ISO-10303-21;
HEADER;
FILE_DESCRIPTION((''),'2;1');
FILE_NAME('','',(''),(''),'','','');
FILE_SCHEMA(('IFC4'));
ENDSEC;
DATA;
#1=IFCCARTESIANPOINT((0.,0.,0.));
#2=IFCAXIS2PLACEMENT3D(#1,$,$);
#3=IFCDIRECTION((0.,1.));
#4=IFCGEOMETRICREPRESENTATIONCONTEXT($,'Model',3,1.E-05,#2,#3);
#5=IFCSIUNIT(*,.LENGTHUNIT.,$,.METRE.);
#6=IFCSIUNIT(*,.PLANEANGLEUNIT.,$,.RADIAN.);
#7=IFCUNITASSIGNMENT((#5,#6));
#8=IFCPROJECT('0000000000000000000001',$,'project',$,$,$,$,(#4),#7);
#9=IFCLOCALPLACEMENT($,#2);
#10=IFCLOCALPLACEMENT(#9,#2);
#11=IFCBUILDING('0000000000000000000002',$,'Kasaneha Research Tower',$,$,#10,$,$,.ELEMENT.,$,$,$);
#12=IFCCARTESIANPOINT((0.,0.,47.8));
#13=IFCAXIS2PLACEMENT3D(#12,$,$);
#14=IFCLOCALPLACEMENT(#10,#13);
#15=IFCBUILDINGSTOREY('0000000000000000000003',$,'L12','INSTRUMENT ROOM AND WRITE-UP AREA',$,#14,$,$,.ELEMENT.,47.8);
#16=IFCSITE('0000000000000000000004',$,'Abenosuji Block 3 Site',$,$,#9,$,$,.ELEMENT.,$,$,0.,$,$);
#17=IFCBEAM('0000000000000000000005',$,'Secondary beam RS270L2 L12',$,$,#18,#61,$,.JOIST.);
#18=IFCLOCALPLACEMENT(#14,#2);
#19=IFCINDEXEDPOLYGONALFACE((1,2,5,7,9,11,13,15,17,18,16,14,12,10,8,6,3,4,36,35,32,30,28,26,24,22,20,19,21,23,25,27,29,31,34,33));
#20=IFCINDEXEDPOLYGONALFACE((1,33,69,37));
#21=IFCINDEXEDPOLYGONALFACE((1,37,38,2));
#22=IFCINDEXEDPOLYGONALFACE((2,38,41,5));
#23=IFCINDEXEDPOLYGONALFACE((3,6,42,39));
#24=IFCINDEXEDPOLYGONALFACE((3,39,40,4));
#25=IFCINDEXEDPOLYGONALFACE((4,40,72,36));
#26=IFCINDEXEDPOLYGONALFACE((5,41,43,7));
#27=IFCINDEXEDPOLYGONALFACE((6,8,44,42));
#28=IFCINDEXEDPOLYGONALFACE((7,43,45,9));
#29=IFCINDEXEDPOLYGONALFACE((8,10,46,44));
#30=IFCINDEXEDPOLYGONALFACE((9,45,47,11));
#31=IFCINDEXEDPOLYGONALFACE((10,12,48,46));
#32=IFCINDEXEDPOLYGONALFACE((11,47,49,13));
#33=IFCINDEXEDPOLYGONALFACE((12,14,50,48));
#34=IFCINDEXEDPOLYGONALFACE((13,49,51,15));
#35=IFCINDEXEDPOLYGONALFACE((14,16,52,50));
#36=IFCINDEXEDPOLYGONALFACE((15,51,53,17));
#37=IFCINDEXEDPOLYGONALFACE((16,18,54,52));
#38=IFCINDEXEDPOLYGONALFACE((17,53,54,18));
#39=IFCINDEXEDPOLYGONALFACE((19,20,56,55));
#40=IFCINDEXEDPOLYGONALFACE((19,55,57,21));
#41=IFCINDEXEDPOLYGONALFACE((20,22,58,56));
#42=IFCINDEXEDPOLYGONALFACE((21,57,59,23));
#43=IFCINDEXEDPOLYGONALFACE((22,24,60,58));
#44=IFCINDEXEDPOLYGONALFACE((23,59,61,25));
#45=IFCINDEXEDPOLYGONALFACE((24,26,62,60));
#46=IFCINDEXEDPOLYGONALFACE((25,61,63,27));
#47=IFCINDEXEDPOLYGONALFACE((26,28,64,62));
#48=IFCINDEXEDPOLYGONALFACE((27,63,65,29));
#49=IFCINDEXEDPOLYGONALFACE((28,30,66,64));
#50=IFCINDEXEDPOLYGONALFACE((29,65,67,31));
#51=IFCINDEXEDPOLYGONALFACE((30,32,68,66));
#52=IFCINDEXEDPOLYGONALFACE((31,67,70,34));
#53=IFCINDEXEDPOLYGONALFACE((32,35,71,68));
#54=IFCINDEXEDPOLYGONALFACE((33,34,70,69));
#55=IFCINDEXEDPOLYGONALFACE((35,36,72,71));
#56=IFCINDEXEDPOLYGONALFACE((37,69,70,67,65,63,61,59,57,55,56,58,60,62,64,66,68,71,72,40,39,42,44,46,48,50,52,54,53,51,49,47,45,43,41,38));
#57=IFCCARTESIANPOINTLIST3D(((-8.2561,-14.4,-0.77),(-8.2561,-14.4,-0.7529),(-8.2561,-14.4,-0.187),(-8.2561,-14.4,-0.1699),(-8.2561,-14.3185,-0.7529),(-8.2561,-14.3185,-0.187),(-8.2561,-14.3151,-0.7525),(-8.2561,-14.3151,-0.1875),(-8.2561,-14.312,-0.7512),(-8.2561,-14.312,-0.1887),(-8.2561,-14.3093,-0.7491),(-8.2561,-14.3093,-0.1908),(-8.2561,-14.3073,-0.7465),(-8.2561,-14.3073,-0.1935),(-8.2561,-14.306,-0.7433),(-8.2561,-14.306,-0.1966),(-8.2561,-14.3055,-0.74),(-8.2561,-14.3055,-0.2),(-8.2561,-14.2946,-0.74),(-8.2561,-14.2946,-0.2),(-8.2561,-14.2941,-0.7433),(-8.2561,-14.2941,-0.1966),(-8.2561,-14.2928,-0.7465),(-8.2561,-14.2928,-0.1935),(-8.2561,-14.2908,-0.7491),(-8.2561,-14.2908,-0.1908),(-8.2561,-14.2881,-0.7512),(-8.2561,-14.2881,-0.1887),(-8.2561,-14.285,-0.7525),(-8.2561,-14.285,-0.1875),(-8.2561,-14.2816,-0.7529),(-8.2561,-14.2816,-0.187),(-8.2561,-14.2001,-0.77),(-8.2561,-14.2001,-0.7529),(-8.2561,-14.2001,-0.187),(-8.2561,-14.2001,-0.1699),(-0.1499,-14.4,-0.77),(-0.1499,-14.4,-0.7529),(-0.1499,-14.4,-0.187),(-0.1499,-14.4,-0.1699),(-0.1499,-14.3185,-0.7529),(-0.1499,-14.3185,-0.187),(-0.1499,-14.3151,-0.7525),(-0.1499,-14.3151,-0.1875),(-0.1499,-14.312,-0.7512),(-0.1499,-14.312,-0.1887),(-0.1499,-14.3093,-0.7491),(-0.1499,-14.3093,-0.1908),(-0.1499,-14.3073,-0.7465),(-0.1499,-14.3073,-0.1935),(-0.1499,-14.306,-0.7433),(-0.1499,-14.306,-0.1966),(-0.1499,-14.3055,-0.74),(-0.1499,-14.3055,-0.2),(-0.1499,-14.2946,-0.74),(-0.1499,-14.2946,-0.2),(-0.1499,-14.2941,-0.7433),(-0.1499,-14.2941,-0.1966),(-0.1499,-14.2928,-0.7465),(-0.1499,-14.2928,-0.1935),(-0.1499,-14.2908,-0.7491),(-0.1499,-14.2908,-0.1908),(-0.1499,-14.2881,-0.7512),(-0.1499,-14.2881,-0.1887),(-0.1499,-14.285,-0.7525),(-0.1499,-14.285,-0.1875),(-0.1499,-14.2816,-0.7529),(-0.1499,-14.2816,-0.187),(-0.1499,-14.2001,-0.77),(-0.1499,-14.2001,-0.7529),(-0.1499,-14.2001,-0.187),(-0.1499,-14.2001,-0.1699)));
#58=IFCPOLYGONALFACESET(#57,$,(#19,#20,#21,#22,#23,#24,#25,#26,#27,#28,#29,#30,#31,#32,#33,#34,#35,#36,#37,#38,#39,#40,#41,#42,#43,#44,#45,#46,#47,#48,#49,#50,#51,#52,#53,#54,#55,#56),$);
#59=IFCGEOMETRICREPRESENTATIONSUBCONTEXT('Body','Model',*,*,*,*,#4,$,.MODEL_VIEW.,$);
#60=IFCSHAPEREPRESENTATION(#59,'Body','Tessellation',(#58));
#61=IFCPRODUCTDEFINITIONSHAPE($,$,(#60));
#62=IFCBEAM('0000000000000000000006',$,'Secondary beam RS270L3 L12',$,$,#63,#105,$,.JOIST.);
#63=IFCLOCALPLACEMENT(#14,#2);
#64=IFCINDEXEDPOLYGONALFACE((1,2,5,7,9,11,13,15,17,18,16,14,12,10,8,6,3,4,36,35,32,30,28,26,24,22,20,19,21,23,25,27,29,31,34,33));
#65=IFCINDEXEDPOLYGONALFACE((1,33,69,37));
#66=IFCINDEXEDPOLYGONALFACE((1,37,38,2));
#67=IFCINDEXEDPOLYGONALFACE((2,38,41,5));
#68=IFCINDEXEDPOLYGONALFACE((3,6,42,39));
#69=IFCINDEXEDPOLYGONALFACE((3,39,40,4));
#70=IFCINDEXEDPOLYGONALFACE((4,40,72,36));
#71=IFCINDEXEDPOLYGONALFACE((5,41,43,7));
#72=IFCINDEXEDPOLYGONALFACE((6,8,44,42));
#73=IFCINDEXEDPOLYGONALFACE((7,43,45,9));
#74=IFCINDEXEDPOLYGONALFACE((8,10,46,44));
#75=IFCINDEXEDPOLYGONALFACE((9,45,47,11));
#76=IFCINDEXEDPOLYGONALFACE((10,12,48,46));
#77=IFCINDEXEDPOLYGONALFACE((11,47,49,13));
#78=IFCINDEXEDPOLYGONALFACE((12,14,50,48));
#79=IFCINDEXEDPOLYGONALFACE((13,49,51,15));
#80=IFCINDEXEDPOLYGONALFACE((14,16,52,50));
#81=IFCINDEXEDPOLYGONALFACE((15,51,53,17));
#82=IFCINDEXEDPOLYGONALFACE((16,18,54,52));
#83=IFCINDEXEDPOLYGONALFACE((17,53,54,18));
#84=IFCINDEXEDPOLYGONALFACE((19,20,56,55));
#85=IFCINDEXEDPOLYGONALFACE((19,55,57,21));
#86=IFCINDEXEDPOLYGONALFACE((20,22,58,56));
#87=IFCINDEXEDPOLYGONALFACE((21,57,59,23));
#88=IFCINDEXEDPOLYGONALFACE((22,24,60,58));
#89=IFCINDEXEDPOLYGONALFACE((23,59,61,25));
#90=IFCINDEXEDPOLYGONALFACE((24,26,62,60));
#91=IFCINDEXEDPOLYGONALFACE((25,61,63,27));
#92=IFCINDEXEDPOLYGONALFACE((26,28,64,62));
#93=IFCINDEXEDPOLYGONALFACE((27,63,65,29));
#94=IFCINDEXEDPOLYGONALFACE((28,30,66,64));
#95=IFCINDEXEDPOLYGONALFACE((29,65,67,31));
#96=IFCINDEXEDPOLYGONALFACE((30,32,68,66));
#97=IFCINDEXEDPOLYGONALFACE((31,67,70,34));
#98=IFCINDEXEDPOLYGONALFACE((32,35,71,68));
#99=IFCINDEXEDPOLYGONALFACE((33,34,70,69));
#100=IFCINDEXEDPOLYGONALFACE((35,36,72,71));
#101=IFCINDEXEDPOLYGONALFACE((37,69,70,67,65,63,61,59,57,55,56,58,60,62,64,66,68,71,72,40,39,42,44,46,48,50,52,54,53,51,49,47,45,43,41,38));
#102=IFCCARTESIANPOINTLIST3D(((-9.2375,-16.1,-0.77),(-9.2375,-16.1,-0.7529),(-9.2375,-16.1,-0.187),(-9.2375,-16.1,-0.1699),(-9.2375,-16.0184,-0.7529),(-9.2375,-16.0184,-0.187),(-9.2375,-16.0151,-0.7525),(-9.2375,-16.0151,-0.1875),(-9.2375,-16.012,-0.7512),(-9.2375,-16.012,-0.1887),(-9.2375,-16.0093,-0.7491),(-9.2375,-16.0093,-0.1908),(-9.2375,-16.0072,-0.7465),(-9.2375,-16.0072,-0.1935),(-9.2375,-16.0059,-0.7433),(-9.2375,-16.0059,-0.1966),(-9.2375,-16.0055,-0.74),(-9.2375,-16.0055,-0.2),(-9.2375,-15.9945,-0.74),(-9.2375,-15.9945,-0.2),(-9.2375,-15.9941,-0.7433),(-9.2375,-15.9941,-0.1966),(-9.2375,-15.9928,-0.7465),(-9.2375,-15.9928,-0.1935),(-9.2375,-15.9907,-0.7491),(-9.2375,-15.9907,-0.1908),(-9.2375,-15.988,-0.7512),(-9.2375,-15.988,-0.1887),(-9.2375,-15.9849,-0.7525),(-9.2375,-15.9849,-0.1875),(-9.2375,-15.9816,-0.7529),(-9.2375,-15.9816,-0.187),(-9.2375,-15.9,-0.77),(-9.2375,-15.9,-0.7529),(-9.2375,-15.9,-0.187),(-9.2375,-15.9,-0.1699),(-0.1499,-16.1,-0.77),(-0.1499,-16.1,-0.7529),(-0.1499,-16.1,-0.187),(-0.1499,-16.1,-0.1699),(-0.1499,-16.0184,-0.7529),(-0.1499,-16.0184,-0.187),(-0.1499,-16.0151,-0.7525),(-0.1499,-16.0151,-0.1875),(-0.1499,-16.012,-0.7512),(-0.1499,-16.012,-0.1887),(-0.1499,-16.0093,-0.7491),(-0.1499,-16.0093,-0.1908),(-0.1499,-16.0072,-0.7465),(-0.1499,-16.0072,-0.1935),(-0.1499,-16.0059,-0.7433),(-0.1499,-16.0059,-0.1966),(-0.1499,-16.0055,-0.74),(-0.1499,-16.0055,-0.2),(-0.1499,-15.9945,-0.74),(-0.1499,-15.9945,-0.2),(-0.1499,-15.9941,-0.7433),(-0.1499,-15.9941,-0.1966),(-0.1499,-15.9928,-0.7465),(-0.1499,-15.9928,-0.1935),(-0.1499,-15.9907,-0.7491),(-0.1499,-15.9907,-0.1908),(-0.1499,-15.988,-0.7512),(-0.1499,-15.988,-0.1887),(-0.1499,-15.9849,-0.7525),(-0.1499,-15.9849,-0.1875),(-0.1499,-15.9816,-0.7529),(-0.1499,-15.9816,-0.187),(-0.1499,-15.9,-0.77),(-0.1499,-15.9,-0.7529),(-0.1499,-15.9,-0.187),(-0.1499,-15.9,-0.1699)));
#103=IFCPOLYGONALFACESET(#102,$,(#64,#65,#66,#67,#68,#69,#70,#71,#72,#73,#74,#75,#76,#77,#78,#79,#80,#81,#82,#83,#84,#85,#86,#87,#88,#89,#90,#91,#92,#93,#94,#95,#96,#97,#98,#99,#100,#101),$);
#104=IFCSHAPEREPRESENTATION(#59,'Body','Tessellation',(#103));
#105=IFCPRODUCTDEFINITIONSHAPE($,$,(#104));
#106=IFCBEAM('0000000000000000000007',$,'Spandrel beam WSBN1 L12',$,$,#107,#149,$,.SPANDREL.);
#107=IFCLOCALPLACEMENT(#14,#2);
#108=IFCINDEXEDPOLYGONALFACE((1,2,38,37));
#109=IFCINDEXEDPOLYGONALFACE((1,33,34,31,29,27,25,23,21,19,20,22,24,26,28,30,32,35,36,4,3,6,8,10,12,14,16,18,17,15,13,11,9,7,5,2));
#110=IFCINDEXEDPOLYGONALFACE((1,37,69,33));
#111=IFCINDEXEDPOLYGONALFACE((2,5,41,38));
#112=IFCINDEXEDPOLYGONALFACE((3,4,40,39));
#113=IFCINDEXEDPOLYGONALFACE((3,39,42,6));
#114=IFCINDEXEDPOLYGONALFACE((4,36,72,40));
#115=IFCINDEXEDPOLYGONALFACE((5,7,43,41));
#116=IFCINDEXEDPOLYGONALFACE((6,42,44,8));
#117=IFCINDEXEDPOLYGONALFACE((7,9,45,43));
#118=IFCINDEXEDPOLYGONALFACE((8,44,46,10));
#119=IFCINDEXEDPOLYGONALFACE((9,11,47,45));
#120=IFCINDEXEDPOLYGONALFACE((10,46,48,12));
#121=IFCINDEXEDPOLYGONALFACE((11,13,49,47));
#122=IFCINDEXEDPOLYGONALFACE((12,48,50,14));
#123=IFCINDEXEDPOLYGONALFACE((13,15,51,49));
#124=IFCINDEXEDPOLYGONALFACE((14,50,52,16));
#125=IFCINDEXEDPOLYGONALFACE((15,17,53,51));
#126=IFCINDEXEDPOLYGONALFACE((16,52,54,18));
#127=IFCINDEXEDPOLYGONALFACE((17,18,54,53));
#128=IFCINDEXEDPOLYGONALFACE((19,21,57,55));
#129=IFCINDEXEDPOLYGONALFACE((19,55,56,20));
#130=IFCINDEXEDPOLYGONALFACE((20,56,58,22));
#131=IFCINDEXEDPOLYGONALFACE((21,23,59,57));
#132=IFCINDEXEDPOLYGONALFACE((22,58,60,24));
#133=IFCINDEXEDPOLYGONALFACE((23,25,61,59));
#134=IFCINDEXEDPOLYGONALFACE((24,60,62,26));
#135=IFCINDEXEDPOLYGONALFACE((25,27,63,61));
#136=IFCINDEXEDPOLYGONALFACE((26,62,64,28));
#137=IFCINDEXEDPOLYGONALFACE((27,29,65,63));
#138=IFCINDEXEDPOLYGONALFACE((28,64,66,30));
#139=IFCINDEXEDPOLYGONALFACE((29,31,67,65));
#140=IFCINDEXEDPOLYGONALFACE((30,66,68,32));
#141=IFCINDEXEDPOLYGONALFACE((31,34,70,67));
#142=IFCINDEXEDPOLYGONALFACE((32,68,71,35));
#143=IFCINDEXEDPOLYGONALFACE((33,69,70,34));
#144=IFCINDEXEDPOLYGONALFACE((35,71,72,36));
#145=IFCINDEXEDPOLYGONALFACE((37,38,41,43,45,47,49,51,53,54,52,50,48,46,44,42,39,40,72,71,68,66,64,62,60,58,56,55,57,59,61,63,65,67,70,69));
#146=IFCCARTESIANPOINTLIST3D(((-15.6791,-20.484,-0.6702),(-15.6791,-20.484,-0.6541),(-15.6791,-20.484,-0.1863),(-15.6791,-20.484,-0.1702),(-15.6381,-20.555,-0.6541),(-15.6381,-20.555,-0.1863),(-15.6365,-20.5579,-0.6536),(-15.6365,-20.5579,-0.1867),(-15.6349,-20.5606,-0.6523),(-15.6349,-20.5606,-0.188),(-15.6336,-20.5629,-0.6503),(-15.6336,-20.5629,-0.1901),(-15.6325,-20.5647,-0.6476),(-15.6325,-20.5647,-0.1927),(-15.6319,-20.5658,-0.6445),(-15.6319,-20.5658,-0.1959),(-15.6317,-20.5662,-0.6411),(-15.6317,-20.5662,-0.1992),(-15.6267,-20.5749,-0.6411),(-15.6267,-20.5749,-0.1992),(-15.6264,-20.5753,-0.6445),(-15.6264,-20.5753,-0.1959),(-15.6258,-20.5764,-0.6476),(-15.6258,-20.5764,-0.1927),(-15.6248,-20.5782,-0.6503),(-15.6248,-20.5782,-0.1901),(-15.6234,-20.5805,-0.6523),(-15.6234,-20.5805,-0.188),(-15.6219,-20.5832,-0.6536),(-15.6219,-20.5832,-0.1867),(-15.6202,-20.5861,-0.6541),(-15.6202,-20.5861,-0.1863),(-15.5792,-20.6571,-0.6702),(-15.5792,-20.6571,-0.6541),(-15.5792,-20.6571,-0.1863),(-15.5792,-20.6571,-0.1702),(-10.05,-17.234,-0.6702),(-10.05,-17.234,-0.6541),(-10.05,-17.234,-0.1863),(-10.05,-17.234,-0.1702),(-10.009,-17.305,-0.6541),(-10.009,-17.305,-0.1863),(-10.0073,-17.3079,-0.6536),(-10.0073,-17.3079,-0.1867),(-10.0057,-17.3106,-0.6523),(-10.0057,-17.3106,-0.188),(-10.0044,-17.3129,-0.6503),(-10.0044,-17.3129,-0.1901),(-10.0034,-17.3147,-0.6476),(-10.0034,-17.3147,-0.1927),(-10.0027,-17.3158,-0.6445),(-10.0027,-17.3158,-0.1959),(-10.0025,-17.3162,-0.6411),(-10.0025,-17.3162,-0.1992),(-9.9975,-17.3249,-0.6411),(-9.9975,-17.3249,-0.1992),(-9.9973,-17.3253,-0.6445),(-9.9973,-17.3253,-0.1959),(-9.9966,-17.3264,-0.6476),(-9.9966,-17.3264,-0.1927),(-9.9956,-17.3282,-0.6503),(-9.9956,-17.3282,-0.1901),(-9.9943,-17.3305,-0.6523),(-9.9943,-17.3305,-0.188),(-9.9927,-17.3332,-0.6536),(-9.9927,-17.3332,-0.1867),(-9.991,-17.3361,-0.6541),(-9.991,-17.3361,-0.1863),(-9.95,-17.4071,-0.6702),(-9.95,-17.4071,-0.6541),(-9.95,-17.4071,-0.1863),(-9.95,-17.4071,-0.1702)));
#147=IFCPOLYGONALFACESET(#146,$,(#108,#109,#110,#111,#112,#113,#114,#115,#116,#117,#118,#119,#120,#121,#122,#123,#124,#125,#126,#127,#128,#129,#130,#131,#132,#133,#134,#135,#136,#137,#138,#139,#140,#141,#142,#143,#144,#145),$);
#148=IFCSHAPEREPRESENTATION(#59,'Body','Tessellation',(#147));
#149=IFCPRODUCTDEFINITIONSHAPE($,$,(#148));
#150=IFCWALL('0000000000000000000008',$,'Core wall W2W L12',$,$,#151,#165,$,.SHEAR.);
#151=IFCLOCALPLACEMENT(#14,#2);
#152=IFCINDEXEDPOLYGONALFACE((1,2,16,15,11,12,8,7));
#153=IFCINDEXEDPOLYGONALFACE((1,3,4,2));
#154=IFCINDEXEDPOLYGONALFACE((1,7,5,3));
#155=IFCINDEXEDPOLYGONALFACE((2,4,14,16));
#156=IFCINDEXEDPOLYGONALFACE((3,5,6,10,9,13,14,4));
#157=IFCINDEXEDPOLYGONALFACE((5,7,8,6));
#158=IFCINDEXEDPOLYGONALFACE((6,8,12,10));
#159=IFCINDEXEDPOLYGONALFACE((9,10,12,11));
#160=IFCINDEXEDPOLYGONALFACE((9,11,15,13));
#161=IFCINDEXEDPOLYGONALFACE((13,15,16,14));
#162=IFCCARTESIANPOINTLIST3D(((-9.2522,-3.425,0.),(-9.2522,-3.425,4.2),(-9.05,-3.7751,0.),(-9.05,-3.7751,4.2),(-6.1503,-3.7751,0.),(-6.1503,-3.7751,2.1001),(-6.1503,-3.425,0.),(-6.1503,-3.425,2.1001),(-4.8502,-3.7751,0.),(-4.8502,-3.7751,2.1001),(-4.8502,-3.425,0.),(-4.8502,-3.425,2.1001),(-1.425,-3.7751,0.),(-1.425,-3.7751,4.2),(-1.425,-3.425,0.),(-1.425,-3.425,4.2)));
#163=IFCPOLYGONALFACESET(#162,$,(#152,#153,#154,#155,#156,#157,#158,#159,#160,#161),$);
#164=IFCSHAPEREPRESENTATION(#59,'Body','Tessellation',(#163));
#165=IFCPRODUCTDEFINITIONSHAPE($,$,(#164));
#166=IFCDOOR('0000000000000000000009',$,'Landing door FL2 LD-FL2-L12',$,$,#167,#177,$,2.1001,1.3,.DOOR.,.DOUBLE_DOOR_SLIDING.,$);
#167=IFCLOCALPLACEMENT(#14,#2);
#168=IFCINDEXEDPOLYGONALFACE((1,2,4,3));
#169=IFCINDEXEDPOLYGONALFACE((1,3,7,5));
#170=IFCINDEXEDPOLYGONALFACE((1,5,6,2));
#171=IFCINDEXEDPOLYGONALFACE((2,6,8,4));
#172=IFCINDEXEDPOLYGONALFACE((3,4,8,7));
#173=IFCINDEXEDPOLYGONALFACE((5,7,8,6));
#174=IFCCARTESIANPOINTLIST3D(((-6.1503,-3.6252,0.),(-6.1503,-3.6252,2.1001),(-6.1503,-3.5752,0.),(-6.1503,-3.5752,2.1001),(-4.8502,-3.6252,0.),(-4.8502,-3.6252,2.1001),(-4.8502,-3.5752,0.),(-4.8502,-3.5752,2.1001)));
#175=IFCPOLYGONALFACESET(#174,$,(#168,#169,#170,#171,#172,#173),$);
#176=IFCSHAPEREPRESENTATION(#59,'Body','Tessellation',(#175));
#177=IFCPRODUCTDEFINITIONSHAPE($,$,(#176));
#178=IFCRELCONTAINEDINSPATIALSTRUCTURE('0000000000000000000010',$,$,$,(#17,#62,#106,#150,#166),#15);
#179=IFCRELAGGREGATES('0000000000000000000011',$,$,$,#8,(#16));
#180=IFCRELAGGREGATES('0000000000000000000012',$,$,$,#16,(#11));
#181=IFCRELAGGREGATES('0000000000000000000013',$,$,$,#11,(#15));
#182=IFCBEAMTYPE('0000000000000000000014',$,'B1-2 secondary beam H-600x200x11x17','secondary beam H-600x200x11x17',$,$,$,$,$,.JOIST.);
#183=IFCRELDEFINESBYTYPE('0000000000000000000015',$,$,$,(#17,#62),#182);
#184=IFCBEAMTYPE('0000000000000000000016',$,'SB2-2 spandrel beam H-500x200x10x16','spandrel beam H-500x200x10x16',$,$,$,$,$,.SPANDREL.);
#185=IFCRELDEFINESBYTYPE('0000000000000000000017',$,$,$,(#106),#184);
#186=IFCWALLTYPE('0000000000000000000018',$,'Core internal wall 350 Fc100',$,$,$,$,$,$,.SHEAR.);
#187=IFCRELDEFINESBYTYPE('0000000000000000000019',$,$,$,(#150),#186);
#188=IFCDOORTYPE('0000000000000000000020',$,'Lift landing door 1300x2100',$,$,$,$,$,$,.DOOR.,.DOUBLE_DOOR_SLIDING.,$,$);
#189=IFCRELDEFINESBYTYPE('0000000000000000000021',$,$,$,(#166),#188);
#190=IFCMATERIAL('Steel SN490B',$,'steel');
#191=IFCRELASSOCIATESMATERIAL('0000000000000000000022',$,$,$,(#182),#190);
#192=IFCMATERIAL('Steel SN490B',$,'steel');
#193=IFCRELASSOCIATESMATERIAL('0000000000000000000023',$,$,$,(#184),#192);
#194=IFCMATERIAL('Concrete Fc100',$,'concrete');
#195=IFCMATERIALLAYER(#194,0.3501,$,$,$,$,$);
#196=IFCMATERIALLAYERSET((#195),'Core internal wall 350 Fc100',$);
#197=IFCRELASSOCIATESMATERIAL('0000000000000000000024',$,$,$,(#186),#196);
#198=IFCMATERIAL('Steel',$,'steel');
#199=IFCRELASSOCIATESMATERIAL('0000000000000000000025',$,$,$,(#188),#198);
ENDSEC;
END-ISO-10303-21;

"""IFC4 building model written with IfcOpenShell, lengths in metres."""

from ifc_helpers import new_model, si_unit, direction, frame, frame_2d, origin, origin_2d, place, context, subcontext, project, spatial, polyline, rectangle, i_section, outline, extrude, material, layer, layer_set, material_profile, profile_set, type_object, element, fill, save


model = new_model("IFC4")

# Units and contexts
model_context = context("Model", 3, precision=1e-05, world=origin(), true_north=direction((0.0, 1.0)))
body_context = subcontext(model_context, "Body", "Model", "MODEL_VIEW")
ifc_project = project(units=[si_unit("LENGTHUNIT", "METRE"), si_unit("PLANEANGLEUNIT", "RADIAN")], contexts=[model_context])

# Site, building, storey
site_placement = place(None, origin())
site = spatial("IfcSite", under=ifc_project, at=site_placement, Name="Abenosuji Block 3 Site", CompositionType="ELEMENT", RefElevation=0.0)
building_placement = place(site_placement, origin())
building = spatial("IfcBuilding", under=site, at=building_placement, Name="Kasaneha Research Tower", CompositionType="ELEMENT")
storey_placement = place(building_placement, frame((0.0, 0.0, 47.8)))
storey = spatial("IfcBuildingStorey", under=building, at=storey_placement, Name="L12", Description="INSTRUMENT ROOM AND WRITE-UP AREA", CompositionType="ELEMENT", Elevation=47.8)

# Beams
ifc_material_1 = material(Name="Steel SN490B", Category="steel")
ifc_material_profile_1 = material_profile(ifc_material_1, i_section(OverallWidth=0.2, OverallDepth=0.6001, WebThickness=0.011, FlangeThickness=0.0171, FilletRadius=0.0129, at=origin_2d()), Name="H-600x200x11x17")
ifc_profile_set_1 = profile_set([ifc_material_profile_1], Name="Steel SN490B")
beam_type_1 = type_object("IfcBeamType", Name="B1-2 secondary beam H-600x200x11x17", Description="secondary beam H-600x200x11x17", PredefinedType="JOIST", material=ifc_profile_set_1)
beam_1_placement = place(storey_placement, frame((-8.2561, -14.3, -0.47), z_axis=(1.0, 0.0, 0.0), x_axis=(0.0, 1.0, 0.0)))
element("IfcBeam", 1, at=beam_1_placement, inside=storey, type_object=beam_type_1, Name="Secondary beam RS270L2 L12", PredefinedType="JOIST", context=body_context, shape_type="SweptSolid", body=[
    extrude(i_section(OverallWidth=0.2, OverallDepth=0.6001, WebThickness=0.011, FlangeThickness=0.0171, FilletRadius=0.0129, at=origin_2d()), origin(), (0.0, 0.0, 1.0), 8.1062),
])
beam_2_placement = place(storey_placement, frame((-9.2375, -16.0, -0.47), z_axis=(1.0, 0.0, 0.0), x_axis=(0.0, 1.0, 0.0)))
element("IfcBeam", 2, at=beam_2_placement, inside=storey, type_object=beam_type_1, Name="Secondary beam RS270L3 L12", PredefinedType="JOIST", context=body_context, shape_type="SweptSolid", body=[
    extrude(i_section(OverallWidth=0.2, OverallDepth=0.6001, WebThickness=0.011, FlangeThickness=0.0171, FilletRadius=0.0129, at=origin_2d()), origin(), (0.0, 0.0, 1.0), 9.0876),
])
ifc_material_2 = material(Name="Steel SN490B", Category="steel")
ifc_material_profile_2 = material_profile(ifc_material_2, i_section(OverallWidth=0.2, OverallDepth=0.5, WebThickness=0.01, FlangeThickness=0.0161, FilletRadius=0.0129, at=origin_2d()), Name="H-500x200x10x16")
ifc_profile_set_2 = profile_set([ifc_material_profile_2], Name="Steel SN490B")
beam_type_2 = type_object("IfcBeamType", Name="SB2-2 spandrel beam H-500x200x10x16", Description="spandrel beam H-500x200x10x16", PredefinedType="SPANDREL", material=ifc_profile_set_2)
beam_3_placement = place(storey_placement, frame((-10.0, -17.3206, -0.4202), z_axis=(-0.866025, -0.500001, 0.0), x_axis=(0.500001, -0.866025, 0.0)))
element("IfcBeam", 3, at=beam_3_placement, inside=storey, type_object=beam_type_2, Name="Spandrel beam WSBN1 L12", PredefinedType="SPANDREL", context=body_context, shape_type="SweptSolid", body=[
    extrude(i_section(OverallWidth=0.2, OverallDepth=0.5, WebThickness=0.01, FlangeThickness=0.0161, FilletRadius=0.0129, at=origin_2d()), origin(), (0.0, 0.0, 1.0), 6.5),
])

# Wall, opening, door
ifc_material_3 = material(Name="Concrete Fc100", Category="concrete")
ifc_layer_1 = layer(ifc_material_3, 0.3501)
ifc_layer_set_1 = layer_set([ifc_layer_1], Name="Core internal wall 350 Fc100")
wall_type_1 = type_object("IfcWallType", Name="Core internal wall 350 Fc100", PredefinedType="SHEAR", material=ifc_layer_set_1)
wall_1_placement = place(storey_placement, frame((-9.1511, -3.6001, 0.0), z_axis=(0.0, 0.0, 1.0), x_axis=(1.0, 0.0, 0.0)))
wall_1 = element("IfcWall", 4, at=wall_1_placement, inside=storey, type_object=wall_type_1, Name="Core wall W2W L12", PredefinedType="SHEAR", context=body_context, shape_type="SweptSolid", body=[
    extrude(outline(polyline([(0.1011, -0.175), (3.001, -0.175), (4.301, -0.175), (7.7261, -0.175), (7.7261, 0.175), (4.301, 0.175), (3.001, 0.175), (-0.1011, 0.175), (0.1011, -0.175)])), origin(), (0.0, 0.0, 1.0), 4.2),
])
opening_1_placement = place(wall_1_placement, frame((3.001, 0.0, 0.0)))
opening_1 = element("IfcOpeningElement", 5, at=opening_1_placement, cuts=wall_1, PredefinedType="OPENING", context=body_context, shape_type="SweptSolid", body=[
    extrude(rectangle(XDim=1.3, YDim=2.1001, at=frame_2d((0.6499, 1.05))), frame((0.0, 0.1851, 0.0), z_axis=(0.0, -1.0, 0.0), x_axis=(1.0, 0.0, 0.0)), (0.0, 0.0, 1.0), 0.3701),
])
ifc_material_4 = material(Name="Steel", Category="steel")
door_type_1 = type_object("IfcDoorType", Name="Lift landing door 1300x2100", OperationType="DOUBLE_DOOR_SLIDING", PredefinedType="DOOR", material=ifc_material_4)
door_1_placement = place(opening_1_placement, origin())
door_1 = element("IfcDoor", 6, at=door_1_placement, inside=storey, type_object=door_type_1, Name="Landing door FL2 LD-FL2-L12", OperationType="DOUBLE_DOOR_SLIDING", OverallHeight=2.1001, OverallWidth=1.3, PredefinedType="DOOR", context=body_context, shape_type="SweptSolid", body=[
    extrude(rectangle(XDim=1.3, YDim=2.1001, at=frame_2d((0.6499, 1.05))), frame((0.0, 0.0249, 0.0), z_axis=(0.0, -1.0, 0.0), x_axis=(1.0, 0.0, 0.0)), (0.0, 0.0, 1.0), 0.05),
])
fill(opening_1, door_1)

save(model, "model.ifc")
